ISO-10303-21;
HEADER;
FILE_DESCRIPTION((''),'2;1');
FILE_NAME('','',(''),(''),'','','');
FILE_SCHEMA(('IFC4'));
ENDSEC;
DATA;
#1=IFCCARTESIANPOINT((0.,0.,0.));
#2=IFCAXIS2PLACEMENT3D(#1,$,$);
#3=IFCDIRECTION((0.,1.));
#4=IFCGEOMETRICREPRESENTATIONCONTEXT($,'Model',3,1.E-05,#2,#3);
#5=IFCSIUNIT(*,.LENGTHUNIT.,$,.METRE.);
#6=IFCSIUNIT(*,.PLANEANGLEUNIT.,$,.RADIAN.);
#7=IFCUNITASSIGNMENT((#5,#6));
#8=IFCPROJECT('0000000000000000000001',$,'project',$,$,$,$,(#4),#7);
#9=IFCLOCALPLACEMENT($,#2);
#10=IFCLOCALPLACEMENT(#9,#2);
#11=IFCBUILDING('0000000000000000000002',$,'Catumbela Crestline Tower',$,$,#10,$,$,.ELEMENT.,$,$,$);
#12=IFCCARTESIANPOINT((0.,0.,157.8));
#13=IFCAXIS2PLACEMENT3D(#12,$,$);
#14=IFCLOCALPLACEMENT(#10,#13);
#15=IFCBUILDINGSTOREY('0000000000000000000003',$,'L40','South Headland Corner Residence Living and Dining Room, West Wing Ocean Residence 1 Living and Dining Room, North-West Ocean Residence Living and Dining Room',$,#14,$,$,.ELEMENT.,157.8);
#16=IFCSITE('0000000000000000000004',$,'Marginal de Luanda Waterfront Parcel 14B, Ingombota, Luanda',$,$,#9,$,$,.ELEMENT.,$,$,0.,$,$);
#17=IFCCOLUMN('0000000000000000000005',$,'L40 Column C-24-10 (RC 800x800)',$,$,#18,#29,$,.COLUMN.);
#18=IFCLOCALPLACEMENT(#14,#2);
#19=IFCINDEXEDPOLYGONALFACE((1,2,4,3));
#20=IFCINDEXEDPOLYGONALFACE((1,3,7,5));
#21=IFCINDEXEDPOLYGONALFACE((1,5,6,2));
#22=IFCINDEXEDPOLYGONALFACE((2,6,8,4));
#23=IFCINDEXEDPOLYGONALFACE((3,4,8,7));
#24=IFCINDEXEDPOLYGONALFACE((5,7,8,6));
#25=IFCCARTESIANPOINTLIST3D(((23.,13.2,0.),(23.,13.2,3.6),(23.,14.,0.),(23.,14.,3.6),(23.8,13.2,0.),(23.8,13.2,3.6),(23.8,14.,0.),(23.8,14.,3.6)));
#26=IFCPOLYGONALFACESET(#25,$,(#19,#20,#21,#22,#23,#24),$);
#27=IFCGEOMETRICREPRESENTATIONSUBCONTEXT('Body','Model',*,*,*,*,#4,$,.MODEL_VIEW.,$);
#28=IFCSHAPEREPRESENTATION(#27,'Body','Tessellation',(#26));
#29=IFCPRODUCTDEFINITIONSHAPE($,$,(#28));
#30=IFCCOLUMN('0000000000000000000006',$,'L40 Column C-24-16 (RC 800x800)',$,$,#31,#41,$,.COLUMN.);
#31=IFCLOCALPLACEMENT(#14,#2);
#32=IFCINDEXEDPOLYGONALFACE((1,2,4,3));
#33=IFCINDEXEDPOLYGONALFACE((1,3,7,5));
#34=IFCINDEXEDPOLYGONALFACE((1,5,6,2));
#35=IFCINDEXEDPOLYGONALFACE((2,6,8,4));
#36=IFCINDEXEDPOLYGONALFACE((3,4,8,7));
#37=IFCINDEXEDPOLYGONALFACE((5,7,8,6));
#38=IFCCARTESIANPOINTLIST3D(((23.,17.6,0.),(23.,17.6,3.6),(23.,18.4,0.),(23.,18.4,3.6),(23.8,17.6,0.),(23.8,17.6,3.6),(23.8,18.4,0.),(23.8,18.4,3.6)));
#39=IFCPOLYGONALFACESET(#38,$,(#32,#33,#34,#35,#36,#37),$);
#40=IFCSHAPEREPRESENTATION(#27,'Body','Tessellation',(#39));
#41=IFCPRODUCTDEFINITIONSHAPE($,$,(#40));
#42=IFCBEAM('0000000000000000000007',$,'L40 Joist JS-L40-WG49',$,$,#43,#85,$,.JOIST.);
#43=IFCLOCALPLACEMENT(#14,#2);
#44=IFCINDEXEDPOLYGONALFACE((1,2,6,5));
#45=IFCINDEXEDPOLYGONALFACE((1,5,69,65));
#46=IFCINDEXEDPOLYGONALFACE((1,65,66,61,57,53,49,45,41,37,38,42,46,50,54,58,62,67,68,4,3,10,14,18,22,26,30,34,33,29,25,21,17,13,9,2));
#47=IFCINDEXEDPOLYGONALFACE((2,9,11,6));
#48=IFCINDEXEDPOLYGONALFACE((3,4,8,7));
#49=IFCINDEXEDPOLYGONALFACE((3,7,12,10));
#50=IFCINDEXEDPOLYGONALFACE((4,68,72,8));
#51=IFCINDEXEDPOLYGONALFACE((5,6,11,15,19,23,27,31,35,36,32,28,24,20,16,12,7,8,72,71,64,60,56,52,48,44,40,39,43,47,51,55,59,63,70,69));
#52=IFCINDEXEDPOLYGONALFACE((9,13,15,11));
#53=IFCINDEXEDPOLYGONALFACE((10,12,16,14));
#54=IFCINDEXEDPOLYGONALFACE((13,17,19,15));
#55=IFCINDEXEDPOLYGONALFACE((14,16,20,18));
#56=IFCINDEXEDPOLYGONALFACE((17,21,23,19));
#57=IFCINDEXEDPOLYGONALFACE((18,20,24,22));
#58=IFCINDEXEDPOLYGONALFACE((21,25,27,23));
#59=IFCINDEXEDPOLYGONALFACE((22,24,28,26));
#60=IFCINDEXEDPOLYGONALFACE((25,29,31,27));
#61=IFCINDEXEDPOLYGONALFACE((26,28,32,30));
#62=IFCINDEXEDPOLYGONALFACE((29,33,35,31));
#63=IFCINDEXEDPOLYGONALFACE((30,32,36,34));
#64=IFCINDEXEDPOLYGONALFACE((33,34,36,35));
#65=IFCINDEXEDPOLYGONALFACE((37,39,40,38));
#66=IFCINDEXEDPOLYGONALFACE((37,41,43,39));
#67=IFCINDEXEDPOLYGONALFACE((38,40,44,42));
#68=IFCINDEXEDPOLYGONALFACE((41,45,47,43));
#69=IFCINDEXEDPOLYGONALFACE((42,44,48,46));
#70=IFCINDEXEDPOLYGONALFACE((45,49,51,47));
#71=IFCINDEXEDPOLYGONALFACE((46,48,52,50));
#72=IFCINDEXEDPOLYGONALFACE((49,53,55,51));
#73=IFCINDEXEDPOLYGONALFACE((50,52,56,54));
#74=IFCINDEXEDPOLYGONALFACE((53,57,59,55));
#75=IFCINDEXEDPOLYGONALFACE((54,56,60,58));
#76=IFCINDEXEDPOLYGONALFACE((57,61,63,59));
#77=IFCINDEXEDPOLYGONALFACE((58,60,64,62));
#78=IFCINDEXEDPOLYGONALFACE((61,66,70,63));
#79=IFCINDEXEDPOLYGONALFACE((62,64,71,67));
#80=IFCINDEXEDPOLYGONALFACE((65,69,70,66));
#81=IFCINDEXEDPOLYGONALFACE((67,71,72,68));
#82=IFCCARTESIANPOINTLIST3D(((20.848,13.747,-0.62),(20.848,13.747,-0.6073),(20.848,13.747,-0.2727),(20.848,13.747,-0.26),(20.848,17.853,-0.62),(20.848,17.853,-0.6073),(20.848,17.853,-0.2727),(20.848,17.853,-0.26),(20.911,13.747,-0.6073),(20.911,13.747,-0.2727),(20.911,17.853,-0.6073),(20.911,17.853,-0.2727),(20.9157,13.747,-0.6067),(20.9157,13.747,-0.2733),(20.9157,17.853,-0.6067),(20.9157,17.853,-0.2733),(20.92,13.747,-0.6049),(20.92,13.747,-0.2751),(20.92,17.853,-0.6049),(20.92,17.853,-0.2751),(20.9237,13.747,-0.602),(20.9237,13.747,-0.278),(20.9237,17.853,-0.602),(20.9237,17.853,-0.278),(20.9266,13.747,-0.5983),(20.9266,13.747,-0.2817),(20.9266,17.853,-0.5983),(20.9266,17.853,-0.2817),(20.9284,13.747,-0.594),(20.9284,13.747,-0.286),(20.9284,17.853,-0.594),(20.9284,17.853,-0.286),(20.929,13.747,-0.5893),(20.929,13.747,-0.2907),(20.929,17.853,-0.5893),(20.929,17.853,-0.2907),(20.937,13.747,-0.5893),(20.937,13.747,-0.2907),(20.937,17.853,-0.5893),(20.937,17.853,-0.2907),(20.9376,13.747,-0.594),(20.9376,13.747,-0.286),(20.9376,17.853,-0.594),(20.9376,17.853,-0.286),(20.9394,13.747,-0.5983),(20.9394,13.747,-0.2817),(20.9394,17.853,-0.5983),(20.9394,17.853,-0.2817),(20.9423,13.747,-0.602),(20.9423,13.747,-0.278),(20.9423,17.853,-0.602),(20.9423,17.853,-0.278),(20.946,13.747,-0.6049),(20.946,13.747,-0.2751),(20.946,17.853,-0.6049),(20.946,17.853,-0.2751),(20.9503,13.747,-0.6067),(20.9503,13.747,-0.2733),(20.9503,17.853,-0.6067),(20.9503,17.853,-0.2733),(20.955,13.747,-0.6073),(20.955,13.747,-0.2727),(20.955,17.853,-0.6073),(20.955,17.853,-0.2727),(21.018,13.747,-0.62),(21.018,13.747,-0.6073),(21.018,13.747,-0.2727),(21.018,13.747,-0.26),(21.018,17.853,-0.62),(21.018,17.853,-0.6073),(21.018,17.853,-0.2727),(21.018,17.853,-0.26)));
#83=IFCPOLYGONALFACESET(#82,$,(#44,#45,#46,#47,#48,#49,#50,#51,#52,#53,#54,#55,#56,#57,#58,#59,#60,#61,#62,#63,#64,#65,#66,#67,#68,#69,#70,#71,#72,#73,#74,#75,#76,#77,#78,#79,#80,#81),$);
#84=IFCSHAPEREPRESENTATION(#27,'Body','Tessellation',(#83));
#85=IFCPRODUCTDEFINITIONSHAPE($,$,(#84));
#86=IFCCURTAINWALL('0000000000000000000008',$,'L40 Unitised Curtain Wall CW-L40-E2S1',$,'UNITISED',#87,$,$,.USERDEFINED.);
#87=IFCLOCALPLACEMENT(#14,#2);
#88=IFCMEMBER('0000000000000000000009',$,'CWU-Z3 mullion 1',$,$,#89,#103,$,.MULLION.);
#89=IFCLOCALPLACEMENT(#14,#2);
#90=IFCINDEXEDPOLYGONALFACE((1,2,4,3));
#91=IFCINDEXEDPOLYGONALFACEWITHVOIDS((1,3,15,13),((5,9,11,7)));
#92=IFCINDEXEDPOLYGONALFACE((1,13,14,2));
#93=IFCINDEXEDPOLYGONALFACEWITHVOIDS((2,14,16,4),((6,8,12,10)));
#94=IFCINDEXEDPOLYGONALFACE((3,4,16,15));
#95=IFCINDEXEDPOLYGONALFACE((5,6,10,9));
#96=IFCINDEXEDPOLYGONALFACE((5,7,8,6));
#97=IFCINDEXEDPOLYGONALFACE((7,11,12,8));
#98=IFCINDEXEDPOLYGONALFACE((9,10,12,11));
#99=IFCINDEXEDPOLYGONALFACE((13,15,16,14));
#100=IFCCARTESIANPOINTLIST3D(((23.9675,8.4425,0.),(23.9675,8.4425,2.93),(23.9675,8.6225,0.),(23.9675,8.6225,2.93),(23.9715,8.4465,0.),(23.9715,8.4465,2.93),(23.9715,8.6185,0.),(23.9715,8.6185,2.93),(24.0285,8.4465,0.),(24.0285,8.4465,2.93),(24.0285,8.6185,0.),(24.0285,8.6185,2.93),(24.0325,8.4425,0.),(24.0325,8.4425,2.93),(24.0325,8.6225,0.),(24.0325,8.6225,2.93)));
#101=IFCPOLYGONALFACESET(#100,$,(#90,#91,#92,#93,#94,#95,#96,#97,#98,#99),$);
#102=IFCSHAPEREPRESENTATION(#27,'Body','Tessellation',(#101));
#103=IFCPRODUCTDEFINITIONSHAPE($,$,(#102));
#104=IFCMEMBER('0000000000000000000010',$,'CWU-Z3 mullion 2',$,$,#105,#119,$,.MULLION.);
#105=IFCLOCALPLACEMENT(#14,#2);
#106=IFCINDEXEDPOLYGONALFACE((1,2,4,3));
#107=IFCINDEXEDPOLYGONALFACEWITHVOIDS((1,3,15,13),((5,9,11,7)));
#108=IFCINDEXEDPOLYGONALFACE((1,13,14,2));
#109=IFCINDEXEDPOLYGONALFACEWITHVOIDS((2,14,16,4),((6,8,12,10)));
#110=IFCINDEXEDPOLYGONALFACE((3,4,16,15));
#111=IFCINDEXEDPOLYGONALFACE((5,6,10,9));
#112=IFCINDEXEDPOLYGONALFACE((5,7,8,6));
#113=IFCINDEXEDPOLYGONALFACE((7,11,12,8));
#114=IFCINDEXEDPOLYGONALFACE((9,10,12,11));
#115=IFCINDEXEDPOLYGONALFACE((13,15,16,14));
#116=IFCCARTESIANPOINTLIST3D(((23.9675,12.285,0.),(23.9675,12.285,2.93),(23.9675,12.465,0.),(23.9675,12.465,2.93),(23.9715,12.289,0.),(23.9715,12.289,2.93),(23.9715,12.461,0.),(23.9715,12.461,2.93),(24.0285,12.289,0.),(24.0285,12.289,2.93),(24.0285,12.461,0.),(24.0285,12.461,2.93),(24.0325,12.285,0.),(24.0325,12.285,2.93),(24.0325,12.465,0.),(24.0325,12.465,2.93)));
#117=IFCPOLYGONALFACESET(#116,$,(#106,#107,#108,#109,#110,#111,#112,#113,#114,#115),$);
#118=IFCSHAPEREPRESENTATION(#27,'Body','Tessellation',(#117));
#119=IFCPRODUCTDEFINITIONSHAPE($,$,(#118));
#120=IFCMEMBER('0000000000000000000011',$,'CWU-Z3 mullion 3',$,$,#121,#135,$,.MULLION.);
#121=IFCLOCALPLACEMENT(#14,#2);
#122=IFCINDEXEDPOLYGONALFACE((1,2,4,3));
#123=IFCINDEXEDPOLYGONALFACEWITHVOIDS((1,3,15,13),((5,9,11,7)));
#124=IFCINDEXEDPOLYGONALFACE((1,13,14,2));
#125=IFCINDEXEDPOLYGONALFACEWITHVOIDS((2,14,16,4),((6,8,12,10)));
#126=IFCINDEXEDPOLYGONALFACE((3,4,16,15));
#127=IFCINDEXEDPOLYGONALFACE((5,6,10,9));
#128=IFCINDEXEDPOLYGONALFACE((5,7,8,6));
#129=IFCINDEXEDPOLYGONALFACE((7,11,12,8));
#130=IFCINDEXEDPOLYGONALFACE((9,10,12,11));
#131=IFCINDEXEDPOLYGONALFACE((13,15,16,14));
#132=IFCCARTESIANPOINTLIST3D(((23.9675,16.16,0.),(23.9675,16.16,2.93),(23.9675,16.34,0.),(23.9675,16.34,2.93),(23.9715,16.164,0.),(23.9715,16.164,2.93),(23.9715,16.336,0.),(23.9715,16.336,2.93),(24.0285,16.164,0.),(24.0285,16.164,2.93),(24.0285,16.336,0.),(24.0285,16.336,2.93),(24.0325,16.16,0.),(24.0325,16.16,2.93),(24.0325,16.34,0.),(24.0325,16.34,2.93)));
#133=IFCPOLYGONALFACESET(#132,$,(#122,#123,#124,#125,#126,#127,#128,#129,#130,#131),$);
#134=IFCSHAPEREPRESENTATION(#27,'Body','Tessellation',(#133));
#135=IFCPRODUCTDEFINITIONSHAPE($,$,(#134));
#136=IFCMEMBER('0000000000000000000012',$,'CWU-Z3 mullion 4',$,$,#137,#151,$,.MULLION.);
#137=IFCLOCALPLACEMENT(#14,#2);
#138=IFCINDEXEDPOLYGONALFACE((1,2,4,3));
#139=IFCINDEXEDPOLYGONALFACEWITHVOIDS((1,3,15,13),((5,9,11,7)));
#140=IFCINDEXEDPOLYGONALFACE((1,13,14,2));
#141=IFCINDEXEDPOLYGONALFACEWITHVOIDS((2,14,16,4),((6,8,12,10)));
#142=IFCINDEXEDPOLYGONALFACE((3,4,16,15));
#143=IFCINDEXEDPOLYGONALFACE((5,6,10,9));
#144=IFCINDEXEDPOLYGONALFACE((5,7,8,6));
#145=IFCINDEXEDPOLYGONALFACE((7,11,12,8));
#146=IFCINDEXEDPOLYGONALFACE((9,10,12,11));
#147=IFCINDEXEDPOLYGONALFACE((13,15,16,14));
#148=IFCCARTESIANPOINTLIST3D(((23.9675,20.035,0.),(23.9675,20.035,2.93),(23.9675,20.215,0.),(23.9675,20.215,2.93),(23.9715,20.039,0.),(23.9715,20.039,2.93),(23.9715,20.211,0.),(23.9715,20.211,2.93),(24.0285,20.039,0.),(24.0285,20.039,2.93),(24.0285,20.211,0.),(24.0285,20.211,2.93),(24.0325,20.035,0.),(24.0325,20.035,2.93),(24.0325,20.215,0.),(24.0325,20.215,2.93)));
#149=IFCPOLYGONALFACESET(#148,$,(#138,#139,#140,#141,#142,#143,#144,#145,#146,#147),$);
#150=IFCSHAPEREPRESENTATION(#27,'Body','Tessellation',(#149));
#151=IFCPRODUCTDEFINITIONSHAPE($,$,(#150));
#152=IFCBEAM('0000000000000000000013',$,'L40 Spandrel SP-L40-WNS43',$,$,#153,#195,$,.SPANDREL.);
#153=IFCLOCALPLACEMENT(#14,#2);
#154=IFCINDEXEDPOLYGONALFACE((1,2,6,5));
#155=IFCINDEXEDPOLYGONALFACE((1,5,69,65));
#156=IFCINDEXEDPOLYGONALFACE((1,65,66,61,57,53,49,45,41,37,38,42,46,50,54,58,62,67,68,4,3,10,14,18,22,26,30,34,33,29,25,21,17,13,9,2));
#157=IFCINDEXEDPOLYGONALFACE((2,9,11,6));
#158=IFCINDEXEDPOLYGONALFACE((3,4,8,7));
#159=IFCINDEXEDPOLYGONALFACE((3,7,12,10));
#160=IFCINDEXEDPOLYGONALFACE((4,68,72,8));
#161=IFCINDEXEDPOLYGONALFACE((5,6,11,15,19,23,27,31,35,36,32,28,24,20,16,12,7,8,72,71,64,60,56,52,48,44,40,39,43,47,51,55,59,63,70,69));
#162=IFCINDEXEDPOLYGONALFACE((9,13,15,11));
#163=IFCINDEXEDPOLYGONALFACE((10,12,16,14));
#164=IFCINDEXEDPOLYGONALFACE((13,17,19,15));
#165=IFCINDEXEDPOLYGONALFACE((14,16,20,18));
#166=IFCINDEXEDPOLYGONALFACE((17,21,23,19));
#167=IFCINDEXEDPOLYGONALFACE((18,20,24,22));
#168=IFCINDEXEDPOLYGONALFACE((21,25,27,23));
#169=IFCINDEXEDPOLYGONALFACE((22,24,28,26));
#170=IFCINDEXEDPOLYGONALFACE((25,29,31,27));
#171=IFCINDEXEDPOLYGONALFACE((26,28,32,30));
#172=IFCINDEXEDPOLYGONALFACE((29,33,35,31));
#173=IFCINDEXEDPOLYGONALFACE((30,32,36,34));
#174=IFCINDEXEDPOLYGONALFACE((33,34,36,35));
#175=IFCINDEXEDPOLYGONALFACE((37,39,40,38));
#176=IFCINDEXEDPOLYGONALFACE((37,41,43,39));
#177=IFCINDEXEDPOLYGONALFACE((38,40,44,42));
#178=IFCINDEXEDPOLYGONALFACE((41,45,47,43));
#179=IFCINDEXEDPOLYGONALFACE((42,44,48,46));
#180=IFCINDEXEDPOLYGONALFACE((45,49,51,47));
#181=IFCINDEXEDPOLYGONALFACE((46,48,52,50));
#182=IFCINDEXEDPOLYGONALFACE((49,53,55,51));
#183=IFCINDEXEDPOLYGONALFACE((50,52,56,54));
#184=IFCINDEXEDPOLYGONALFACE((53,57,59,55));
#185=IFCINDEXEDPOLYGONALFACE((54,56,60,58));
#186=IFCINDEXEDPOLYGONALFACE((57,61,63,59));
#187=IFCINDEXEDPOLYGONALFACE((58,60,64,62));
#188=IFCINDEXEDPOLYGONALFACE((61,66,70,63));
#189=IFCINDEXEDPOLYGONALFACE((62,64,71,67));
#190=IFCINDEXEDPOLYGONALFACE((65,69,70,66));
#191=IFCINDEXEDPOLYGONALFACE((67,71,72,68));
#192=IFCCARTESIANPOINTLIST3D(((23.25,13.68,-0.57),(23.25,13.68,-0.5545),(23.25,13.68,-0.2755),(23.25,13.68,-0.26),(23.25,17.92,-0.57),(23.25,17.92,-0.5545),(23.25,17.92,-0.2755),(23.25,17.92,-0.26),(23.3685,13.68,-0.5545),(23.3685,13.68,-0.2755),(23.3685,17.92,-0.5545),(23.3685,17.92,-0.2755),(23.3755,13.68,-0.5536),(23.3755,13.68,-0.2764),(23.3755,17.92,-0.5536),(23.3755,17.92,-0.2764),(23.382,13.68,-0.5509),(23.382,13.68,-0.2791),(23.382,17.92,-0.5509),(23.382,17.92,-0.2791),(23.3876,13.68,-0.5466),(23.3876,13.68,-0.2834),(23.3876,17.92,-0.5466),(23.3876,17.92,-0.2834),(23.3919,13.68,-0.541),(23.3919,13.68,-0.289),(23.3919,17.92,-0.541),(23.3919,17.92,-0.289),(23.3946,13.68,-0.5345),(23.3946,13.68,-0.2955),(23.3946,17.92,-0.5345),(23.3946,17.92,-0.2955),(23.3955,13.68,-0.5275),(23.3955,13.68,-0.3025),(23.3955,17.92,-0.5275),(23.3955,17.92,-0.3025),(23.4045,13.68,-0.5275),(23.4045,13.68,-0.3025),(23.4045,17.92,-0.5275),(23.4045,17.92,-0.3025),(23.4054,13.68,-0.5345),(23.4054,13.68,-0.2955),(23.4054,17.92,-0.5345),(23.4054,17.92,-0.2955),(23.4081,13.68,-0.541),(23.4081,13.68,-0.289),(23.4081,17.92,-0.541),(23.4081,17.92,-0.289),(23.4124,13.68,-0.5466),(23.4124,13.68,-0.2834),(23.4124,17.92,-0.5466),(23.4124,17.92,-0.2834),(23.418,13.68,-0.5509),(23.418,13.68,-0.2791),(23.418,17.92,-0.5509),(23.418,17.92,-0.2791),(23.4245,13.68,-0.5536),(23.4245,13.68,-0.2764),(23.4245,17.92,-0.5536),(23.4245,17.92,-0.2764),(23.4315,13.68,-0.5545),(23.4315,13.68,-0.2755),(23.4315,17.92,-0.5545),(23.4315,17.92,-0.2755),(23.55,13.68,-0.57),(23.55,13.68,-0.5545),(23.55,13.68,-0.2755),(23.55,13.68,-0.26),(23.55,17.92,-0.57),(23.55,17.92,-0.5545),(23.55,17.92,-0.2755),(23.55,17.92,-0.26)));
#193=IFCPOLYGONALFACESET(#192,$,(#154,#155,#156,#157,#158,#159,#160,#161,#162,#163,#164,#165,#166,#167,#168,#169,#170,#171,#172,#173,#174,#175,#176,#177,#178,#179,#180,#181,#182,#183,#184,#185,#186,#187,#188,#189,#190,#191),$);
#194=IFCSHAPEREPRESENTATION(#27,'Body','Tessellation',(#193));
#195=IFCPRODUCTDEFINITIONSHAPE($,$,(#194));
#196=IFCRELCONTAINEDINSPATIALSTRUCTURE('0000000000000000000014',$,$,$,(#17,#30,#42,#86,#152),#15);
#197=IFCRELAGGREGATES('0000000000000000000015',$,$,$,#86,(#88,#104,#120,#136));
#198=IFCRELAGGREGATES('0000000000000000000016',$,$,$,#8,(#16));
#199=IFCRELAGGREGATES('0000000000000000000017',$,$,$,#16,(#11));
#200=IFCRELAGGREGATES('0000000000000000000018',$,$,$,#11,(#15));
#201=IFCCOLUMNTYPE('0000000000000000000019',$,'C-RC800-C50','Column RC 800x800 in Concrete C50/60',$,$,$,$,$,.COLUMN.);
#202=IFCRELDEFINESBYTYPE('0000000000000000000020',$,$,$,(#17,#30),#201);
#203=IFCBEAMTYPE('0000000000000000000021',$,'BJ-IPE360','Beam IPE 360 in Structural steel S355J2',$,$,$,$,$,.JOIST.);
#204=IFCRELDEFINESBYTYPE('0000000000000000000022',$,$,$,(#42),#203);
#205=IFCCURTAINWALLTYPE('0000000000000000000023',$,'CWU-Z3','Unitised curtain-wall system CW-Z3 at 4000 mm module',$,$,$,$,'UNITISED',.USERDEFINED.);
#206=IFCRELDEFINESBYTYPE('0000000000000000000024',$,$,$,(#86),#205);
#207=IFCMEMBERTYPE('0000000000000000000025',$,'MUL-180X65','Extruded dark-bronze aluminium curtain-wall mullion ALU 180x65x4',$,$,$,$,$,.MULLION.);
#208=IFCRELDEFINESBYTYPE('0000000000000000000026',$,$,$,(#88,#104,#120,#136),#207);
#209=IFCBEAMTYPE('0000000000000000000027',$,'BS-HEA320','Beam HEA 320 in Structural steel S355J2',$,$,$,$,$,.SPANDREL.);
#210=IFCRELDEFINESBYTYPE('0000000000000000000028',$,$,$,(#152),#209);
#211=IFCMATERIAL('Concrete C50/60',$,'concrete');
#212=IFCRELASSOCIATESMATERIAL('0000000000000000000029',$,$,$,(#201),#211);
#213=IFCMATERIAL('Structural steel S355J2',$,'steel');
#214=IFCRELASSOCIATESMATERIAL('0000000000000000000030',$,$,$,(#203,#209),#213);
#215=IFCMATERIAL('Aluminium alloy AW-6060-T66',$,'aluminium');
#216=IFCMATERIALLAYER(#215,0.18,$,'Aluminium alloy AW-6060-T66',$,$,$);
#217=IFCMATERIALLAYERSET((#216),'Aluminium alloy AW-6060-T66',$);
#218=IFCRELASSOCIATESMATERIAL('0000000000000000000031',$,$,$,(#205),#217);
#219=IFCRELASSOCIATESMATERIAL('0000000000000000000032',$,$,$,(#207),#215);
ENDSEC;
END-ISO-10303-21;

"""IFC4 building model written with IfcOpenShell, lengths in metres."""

from ifc_helpers import new_model, si_unit, direction, frame, origin, origin_2d, place, context, subcontext, project, spatial, rectangle, hollow_rectangle, i_section, extrude, material, layer, layer_set, material_profile, profile_set, type_object, element, aggregate, save


model = new_model("IFC4")

# Units and contexts
model_context = context("Model", 3, precision=1e-05, world=origin(), true_north=direction((0.0, 1.0)))
body_context = subcontext(model_context, "Body", "Model", "MODEL_VIEW")
ifc_project = project(units=[si_unit("LENGTHUNIT", "METRE"), si_unit("PLANEANGLEUNIT", "RADIAN")], contexts=[model_context])

# Site, building, storey
site_placement = place(None, origin())
site = spatial("IfcSite", under=ifc_project, at=site_placement, Name="Marginal de Luanda Waterfront Parcel 14B, Ingombota, Luanda", CompositionType="ELEMENT", RefElevation=0.0)
building_placement = place(site_placement, origin())
building = spatial("IfcBuilding", under=site, at=building_placement, Name="Catumbela Crestline Tower", CompositionType="ELEMENT")
storey_placement = place(building_placement, frame((0.0, 0.0, 157.8)))
storey = spatial("IfcBuildingStorey", under=building, at=storey_placement, Name="L40", Description="South Headland Corner Residence Living and Dining Room, West Wing Ocean Residence 1 Living and Dining Room, North-West Ocean Residence Living and Dining Room", CompositionType="ELEMENT", Elevation=157.8)

# Columns
ifc_material_1 = material(Name="Concrete C50/60", Category="concrete")
ifc_material_profile_1 = material_profile(ifc_material_1, rectangle(XDim=0.8, YDim=0.8, at=origin_2d()), Name="RC 800x800")
ifc_profile_set_1 = profile_set([ifc_material_profile_1], Name="Concrete C50/60")
column_type = type_object("IfcColumnType", Name="C-RC800-C50", Description="Column RC 800x800 in Concrete C50/60", PredefinedType="COLUMN", material=ifc_profile_set_1)
for number, where, z_axis, x_axis, name in (
    (1, (23.4, 13.6, 0.0), (0.0, 0.0, 1.0), (1.0, 0.0, 0.0), "L40 Column C-24-10 (RC 800x800)"),
    (2, (23.4, 18.0, 0.0), (0.0, 0.0, 1.0), (1.0, 0.0, 0.0), "L40 Column C-24-16 (RC 800x800)"),
):
    element("IfcColumn", number, at=place(storey_placement, frame(where, z_axis=z_axis, x_axis=x_axis)), inside=storey, type_object=column_type, Name=name, PredefinedType="COLUMN", context=body_context, shape_type="SweptSolid", body=[
        extrude(rectangle(XDim=0.8, YDim=0.8, at=origin_2d()), origin(), (0.0, 0.0, 1.0), 3.6),
    ])

# Beam
ifc_material_2 = material(Name="Structural steel S355J2", Category="steel")
ifc_material_profile_2 = material_profile(ifc_material_2, i_section(OverallWidth=0.17, OverallDepth=0.36, WebThickness=0.008, FlangeThickness=0.0127, FilletRadius=0.018, at=origin_2d()), Name="IPE 360")
ifc_profile_set_2 = profile_set([ifc_material_profile_2], Name="Structural steel S355J2")
beam_type_1 = type_object("IfcBeamType", Name="BJ-IPE360", Description="Beam IPE 360 in Structural steel S355J2", PredefinedType="JOIST", material=ifc_profile_set_2)
beam_1_placement = place(storey_placement, frame((20.933, 13.747, -0.44), z_axis=(0.0, 1.0, 0.0), x_axis=(-1.0, 0.0, 0.0)))
element("IfcBeam", 3, at=beam_1_placement, inside=storey, type_object=beam_type_1, Name="L40 Joist JS-L40-WG49", PredefinedType="JOIST", context=body_context, shape_type="SweptSolid", body=[
    extrude(i_section(OverallWidth=0.17, OverallDepth=0.36, WebThickness=0.008, FlangeThickness=0.0127, FilletRadius=0.018, at=origin_2d()), origin(), (0.0, 0.0, 1.0), 4.106),
])

# Curtain wall, members
ifc_material_3 = material(Name="Aluminium alloy AW-6060-T66", Category="aluminium")
ifc_layer_1 = layer(ifc_material_3, 0.18, Name="Aluminium alloy AW-6060-T66")
ifc_layer_set_1 = layer_set([ifc_layer_1], Name="Aluminium alloy AW-6060-T66")
curtain_wall_type = type_object("IfcCurtainWallType", Name="CWU-Z3", Description="Unitised curtain-wall system CW-Z3 at 4000 mm module", ElementType="UNITISED", PredefinedType="USERDEFINED", material=ifc_layer_set_1)
curtain_wall_placement = place(storey_placement, origin())
curtain_wall = element("IfcCurtainWall", 4, at=curtain_wall_placement, inside=storey, type_object=curtain_wall_type, Name="L40 Unitised Curtain Wall CW-L40-E2S1", ObjectType="UNITISED", PredefinedType="USERDEFINED")
ifc_material_profile_3 = material_profile(ifc_material_3, hollow_rectangle(XDim=0.065, YDim=0.18, WallThickness=0.004, at=origin_2d()), Name="ALU 180x65x4")
ifc_profile_set_3 = profile_set([ifc_material_profile_3], Name="Aluminium alloy AW-6060-T66")
member_type_1 = type_object("IfcMemberType", Name="MUL-180X65", Description="Extruded dark-bronze aluminium curtain-wall mullion ALU 180x65x4", PredefinedType="MULLION", material=ifc_profile_set_3)
member_1_placement = place(storey_placement, frame((24.0, 8.5325, 0.0), z_axis=(0.0, 0.0, 1.0), x_axis=(-1.0, 0.0, 0.0)))
member_1 = element("IfcMember", 5, at=member_1_placement, type_object=member_type_1, Name="CWU-Z3 mullion 1", PredefinedType="MULLION", context=body_context, shape_type="SweptSolid", body=[
    extrude(hollow_rectangle(XDim=0.065, YDim=0.18, WallThickness=0.004, at=origin_2d()), origin(), (0.0, 0.0, 1.0), 2.93),
])
member_2_placement = place(storey_placement, frame((24.0, 12.375, 0.0), z_axis=(0.0, 0.0, 1.0), x_axis=(-1.0, 0.0, 0.0)))
member_2 = element("IfcMember", 6, at=member_2_placement, type_object=member_type_1, Name="CWU-Z3 mullion 2", PredefinedType="MULLION", context=body_context, shape_type="SweptSolid", body=[
    extrude(hollow_rectangle(XDim=0.065, YDim=0.18, WallThickness=0.004, at=origin_2d()), origin(), (0.0, 0.0, 1.0), 2.93),
])
member_3_placement = place(storey_placement, frame((24.0, 16.25, 0.0), z_axis=(0.0, 0.0, 1.0), x_axis=(-1.0, 0.0, 0.0)))
member_3 = element("IfcMember", 7, at=member_3_placement, type_object=member_type_1, Name="CWU-Z3 mullion 3", PredefinedType="MULLION", context=body_context, shape_type="SweptSolid", body=[
    extrude(hollow_rectangle(XDim=0.065, YDim=0.18, WallThickness=0.004, at=origin_2d()), origin(), (0.0, 0.0, 1.0), 2.93),
])
member_4_placement = place(storey_placement, frame((24.0, 20.125, 0.0), z_axis=(0.0, 0.0, 1.0), x_axis=(-1.0, 0.0, 0.0)))
member_4 = element("IfcMember", 8, at=member_4_placement, type_object=member_type_1, Name="CWU-Z3 mullion 4", PredefinedType="MULLION", context=body_context, shape_type="SweptSolid", body=[
    extrude(hollow_rectangle(XDim=0.065, YDim=0.18, WallThickness=0.004, at=origin_2d()), origin(), (0.0, 0.0, 1.0), 2.93),
])

# Beam
ifc_material_profile_4 = material_profile(ifc_material_2, i_section(OverallWidth=0.3, OverallDepth=0.31, WebThickness=0.009, FlangeThickness=0.0155, FilletRadius=0.027, at=origin_2d()), Name="HEA 320")
ifc_profile_set_4 = profile_set([ifc_material_profile_4], Name="Structural steel S355J2")
beam_type_2 = type_object("IfcBeamType", Name="BS-HEA320", Description="Beam HEA 320 in Structural steel S355J2", PredefinedType="SPANDREL", material=ifc_profile_set_4)
beam_2_placement = place(storey_placement, frame((23.4, 13.68, -0.415), z_axis=(0.0, 1.0, 0.0), x_axis=(-1.0, 0.0, 0.0)))
element("IfcBeam", 9, at=beam_2_placement, inside=storey, type_object=beam_type_2, Name="L40 Spandrel SP-L40-WNS43", PredefinedType="SPANDREL", context=body_context, shape_type="SweptSolid", body=[
    extrude(i_section(OverallWidth=0.3, OverallDepth=0.31, WebThickness=0.009, FlangeThickness=0.0155, FilletRadius=0.027, at=origin_2d()), origin(), (0.0, 0.0, 1.0), 4.24),
])

aggregate(curtain_wall, [member_1, member_2, member_3, member_4])

save(model, "model.ifc")
